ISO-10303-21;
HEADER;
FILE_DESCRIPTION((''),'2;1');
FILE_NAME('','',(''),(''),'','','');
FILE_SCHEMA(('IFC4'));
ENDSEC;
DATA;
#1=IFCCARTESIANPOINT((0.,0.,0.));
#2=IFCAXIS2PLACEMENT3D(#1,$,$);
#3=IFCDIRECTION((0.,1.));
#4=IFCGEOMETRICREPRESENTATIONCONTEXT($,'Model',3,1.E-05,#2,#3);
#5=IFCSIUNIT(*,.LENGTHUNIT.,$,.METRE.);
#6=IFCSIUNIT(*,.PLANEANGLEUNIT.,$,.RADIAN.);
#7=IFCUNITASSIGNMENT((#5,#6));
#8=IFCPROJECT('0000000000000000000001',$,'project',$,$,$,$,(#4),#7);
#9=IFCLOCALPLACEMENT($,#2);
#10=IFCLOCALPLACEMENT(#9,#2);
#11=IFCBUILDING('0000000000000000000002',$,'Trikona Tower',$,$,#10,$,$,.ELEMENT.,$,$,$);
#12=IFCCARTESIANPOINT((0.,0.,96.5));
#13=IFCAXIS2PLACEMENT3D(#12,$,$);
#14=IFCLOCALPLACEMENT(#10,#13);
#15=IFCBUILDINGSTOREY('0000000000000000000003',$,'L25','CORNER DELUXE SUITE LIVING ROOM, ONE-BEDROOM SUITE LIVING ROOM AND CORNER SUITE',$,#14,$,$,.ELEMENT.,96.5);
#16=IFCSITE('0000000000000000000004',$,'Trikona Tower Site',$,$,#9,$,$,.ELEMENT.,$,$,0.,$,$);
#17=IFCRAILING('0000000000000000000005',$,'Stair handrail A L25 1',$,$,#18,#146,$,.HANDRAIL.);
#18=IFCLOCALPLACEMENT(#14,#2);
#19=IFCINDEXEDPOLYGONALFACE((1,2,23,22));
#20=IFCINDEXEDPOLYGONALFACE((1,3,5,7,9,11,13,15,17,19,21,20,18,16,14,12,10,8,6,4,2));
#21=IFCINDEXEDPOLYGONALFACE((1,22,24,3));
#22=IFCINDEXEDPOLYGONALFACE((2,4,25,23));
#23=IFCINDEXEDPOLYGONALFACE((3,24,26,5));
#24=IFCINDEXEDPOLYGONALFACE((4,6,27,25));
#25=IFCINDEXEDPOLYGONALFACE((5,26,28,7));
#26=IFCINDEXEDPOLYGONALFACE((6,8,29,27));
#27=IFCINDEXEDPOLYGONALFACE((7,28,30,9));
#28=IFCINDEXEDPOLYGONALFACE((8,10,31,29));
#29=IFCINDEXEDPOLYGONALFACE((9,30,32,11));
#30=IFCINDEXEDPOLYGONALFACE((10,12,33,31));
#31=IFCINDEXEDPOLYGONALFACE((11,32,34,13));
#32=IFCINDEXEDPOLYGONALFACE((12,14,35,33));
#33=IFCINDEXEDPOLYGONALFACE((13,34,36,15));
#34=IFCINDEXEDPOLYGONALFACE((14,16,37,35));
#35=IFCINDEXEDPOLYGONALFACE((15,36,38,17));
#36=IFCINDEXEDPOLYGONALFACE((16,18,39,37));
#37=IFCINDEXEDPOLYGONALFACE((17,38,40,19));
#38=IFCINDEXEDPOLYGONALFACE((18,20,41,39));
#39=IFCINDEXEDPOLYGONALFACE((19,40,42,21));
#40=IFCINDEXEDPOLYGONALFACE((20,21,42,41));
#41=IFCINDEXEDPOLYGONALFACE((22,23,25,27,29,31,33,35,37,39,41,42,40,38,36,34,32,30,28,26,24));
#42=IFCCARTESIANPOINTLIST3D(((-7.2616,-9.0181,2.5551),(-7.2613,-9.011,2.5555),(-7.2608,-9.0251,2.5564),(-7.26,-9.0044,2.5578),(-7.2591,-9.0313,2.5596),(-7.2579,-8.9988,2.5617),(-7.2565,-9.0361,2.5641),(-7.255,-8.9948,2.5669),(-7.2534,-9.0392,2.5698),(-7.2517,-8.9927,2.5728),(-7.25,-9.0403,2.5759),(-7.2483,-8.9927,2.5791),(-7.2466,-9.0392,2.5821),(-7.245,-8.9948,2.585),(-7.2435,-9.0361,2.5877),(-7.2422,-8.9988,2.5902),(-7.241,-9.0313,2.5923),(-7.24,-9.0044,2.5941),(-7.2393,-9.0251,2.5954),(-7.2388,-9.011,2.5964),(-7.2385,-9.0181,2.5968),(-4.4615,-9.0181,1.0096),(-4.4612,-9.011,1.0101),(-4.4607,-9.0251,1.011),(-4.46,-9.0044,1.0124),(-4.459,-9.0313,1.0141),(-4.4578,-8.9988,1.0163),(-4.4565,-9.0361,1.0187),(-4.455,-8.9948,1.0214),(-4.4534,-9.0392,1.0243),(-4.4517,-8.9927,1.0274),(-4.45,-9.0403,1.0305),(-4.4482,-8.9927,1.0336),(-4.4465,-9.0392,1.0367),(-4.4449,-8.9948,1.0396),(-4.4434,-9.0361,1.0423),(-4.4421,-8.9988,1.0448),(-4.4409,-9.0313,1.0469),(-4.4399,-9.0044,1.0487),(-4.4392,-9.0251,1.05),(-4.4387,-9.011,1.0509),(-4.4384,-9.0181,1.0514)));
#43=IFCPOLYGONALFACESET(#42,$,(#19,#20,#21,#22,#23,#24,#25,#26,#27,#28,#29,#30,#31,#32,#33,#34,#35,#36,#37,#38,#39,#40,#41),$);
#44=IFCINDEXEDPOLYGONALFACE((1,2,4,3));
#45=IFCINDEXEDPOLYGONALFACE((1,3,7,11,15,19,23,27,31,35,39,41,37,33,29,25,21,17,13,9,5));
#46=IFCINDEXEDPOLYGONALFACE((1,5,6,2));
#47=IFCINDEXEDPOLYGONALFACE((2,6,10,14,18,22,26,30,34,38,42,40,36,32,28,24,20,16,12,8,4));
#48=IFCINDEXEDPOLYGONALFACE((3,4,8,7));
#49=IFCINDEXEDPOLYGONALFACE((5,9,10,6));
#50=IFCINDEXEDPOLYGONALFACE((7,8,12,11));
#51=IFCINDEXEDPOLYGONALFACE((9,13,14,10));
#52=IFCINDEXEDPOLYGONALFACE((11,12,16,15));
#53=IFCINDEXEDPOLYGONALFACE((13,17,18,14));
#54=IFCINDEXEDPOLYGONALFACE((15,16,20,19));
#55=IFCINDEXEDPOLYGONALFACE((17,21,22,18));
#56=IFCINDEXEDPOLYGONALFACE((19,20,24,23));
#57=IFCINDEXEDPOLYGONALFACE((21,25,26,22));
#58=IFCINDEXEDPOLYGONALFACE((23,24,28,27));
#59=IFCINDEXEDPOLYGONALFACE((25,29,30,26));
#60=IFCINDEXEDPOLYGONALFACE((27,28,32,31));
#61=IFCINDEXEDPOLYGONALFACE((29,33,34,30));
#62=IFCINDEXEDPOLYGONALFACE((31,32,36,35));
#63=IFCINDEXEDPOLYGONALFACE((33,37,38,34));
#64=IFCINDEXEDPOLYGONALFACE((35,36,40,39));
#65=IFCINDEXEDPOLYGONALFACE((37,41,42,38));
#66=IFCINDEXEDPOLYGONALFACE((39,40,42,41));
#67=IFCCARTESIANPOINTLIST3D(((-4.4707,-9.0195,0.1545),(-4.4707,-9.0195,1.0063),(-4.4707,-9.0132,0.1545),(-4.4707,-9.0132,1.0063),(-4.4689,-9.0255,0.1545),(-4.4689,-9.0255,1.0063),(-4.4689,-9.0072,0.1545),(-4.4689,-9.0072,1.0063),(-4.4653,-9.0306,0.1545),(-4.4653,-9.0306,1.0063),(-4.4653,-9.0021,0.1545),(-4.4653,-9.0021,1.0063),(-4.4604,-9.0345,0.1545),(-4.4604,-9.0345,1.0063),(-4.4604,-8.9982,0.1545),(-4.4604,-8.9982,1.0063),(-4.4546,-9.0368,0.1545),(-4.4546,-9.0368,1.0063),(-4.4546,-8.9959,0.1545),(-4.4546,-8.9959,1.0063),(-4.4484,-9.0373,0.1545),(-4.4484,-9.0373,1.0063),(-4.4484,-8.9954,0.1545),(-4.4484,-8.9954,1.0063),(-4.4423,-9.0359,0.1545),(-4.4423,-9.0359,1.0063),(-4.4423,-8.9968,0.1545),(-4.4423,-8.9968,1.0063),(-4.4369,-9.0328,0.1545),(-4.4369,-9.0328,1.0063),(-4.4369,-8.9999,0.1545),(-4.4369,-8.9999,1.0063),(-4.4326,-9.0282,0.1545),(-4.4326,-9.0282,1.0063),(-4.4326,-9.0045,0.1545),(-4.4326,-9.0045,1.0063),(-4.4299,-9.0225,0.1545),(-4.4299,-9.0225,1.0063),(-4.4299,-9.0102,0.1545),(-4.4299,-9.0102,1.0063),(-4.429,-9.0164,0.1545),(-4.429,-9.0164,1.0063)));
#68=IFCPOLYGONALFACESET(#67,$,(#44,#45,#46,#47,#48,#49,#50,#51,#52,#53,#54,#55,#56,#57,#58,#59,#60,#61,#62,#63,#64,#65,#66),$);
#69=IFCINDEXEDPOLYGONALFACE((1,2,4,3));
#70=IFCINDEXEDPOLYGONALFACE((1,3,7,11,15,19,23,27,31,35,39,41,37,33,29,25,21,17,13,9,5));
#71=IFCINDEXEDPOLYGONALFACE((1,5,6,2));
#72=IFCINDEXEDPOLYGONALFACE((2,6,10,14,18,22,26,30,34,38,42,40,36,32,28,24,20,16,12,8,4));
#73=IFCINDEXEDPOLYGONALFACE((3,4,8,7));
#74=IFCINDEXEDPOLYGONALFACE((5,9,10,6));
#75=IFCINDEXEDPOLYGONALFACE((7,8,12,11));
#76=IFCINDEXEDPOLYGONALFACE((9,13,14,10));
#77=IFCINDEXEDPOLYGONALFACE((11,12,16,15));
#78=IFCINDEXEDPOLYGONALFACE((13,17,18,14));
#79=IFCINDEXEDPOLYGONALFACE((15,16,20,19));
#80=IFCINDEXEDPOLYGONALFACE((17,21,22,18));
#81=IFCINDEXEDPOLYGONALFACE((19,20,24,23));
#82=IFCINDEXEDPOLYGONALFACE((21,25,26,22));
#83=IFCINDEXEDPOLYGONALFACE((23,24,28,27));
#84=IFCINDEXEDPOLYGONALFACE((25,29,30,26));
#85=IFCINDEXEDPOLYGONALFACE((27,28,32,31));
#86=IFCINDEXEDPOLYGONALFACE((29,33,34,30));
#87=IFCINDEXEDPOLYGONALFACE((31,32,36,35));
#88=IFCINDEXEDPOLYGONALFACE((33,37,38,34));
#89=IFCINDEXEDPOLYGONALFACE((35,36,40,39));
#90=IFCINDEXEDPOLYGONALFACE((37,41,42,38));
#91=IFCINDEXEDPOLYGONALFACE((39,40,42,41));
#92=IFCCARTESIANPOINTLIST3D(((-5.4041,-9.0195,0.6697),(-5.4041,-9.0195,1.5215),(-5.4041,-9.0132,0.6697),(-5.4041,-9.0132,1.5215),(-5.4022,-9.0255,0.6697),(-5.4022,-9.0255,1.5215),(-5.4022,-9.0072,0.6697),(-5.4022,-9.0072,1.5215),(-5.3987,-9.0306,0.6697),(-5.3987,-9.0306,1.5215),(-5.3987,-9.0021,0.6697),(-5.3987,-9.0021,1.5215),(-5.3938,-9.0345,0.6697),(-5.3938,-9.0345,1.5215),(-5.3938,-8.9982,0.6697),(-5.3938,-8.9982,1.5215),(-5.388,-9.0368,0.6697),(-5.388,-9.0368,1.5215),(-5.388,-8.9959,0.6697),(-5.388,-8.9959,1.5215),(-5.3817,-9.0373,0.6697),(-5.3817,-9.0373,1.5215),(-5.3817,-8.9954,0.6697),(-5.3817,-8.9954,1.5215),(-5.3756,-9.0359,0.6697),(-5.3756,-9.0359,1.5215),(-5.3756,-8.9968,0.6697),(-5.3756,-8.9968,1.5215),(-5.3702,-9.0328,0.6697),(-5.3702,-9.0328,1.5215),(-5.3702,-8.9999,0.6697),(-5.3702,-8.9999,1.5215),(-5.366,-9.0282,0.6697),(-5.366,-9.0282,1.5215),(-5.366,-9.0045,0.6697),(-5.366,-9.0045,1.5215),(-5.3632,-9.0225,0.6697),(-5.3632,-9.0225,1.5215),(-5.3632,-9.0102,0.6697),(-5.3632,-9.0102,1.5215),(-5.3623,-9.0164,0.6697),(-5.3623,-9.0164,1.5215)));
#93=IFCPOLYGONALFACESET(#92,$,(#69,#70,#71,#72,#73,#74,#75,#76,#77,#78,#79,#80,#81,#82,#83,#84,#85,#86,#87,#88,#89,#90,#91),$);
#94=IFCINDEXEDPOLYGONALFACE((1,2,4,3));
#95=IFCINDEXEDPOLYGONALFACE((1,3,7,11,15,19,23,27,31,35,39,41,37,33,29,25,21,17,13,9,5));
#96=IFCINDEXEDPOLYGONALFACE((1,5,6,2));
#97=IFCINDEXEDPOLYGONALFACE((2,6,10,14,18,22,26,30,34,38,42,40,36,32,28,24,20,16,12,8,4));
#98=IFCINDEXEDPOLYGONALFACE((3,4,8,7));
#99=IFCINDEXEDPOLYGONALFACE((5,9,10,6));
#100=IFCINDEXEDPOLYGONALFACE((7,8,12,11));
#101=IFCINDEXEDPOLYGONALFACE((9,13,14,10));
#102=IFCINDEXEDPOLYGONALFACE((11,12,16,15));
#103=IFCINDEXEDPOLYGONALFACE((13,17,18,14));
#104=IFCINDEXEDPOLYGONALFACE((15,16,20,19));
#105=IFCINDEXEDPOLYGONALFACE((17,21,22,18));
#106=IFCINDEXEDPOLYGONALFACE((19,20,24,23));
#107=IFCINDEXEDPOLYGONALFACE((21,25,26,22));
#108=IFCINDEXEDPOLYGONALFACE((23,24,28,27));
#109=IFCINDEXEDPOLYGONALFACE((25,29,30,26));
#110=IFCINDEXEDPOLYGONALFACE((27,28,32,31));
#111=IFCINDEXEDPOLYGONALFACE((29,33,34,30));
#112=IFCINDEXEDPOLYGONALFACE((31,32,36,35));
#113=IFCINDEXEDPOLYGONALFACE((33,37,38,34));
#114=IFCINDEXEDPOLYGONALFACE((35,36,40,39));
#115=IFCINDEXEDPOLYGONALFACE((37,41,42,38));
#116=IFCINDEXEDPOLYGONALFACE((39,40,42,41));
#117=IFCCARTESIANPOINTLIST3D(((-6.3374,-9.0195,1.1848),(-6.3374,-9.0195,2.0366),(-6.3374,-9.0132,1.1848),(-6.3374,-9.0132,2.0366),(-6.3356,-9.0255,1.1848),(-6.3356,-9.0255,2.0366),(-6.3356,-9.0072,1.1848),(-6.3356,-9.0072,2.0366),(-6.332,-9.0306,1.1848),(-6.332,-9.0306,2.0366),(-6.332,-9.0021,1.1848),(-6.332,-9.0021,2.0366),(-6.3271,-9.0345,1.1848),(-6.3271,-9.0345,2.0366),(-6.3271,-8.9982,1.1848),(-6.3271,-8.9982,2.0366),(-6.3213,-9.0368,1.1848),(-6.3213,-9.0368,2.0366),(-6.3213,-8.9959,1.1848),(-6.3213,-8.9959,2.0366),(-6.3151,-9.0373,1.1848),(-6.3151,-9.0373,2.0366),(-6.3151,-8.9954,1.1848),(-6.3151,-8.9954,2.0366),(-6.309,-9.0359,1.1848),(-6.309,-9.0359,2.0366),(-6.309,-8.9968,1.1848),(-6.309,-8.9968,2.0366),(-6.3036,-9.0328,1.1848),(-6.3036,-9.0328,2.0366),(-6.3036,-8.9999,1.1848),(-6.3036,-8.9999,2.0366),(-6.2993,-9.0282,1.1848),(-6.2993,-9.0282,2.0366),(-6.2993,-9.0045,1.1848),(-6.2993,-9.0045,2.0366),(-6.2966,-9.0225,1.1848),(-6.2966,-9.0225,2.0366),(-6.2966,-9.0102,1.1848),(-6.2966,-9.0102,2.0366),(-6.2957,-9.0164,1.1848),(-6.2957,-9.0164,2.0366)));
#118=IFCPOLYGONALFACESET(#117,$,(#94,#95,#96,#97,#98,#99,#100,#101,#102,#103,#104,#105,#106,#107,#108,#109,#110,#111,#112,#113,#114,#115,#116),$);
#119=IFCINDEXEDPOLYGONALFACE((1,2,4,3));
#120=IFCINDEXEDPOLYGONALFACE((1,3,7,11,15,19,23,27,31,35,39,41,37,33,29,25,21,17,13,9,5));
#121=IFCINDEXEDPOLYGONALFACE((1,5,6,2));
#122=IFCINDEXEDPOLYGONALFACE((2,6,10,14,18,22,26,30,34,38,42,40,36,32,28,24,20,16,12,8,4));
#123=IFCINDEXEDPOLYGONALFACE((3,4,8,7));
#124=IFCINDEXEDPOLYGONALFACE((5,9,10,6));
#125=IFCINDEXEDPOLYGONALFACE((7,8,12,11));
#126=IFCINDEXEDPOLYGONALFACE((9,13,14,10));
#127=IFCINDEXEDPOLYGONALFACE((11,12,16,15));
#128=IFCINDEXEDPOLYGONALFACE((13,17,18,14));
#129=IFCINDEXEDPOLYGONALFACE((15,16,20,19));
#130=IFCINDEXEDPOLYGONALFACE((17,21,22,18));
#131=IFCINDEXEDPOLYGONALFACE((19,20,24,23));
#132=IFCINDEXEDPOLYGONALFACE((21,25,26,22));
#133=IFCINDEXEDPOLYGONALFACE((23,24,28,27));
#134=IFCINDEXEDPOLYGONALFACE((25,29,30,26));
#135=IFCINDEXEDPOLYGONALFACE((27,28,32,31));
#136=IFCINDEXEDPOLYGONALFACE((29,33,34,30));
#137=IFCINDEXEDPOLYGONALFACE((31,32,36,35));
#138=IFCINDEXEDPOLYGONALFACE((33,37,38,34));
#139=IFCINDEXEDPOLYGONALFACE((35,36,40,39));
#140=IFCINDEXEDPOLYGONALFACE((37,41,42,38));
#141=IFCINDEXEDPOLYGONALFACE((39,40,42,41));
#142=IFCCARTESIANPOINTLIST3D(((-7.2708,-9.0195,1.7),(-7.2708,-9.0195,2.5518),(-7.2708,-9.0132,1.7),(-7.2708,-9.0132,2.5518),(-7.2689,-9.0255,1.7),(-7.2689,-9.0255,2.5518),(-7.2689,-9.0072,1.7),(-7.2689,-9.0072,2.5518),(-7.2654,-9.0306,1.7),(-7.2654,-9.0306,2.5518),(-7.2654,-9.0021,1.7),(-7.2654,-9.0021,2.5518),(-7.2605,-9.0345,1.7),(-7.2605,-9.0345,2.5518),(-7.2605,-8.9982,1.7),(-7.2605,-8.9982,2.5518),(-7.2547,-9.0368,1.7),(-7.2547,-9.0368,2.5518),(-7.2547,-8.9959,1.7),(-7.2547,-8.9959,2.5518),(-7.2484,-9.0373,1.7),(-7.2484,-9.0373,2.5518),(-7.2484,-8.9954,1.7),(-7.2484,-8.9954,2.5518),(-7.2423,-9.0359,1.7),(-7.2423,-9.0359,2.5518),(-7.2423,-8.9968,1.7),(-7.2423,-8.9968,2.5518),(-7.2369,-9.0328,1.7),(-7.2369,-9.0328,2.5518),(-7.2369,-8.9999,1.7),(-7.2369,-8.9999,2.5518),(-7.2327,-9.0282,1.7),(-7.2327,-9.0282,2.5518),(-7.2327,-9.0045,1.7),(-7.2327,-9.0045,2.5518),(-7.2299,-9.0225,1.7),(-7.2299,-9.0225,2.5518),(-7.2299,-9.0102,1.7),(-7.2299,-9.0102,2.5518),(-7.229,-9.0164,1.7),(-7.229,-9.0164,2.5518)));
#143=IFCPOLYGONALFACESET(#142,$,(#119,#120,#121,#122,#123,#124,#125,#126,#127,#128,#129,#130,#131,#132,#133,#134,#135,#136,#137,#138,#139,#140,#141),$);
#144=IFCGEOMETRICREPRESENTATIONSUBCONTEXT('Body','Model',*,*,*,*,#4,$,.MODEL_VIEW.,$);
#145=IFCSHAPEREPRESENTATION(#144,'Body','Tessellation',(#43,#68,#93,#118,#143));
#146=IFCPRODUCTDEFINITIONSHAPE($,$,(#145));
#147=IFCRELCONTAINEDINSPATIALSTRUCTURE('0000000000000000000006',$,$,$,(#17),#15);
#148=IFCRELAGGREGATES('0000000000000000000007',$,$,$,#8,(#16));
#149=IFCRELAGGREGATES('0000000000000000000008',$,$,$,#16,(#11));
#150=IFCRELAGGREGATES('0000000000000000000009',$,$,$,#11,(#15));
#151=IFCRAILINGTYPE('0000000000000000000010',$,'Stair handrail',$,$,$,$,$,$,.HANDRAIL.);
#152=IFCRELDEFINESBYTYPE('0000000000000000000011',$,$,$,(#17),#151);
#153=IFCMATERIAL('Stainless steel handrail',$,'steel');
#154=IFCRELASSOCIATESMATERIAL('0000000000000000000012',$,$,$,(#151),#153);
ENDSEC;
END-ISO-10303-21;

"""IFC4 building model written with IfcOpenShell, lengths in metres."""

from ifc_helpers import new_model, si_unit, direction, frame, origin, origin_2d, place, context, subcontext, project, spatial, circle, extrude, material, type_object, element, save


model = new_model("IFC4")

# Units and contexts
model_context = context("Model", 3, precision=1e-05, world=origin(), true_north=direction((0.0, 1.0)))
body_context = subcontext(model_context, "Body", "Model", "MODEL_VIEW")
ifc_project = project(units=[si_unit("LENGTHUNIT", "METRE"), si_unit("PLANEANGLEUNIT", "RADIAN")], contexts=[model_context])

# Site, building, storey
site_placement = place(None, origin())
site = spatial("IfcSite", under=ifc_project, at=site_placement, Name="Trikona Tower Site", CompositionType="ELEMENT", RefElevation=0.0)
building_placement = place(site_placement, origin())
building = spatial("IfcBuilding", under=site, at=building_placement, Name="Trikona Tower", CompositionType="ELEMENT")
storey_placement = place(building_placement, frame((0.0, 0.0, 96.5)))
storey = spatial("IfcBuildingStorey", under=building, at=storey_placement, Name="L25", Description="CORNER DELUXE SUITE LIVING ROOM, ONE-BEDROOM SUITE LIVING ROOM AND CORNER SUITE", CompositionType="ELEMENT", Elevation=96.5)

# Railing
ifc_material_1 = material(Name="Stainless steel handrail", Category="steel")
railing_type = type_object("IfcRailingType", Name="Stair handrail", PredefinedType="HANDRAIL", material=ifc_material_1)
railing_placement = place(storey_placement, frame((-4.45, -9.0164, 0.1545)))
element("IfcRailing", 1, at=railing_placement, inside=storey, type_object=railing_type, Name="Stair handrail A L25 1", PredefinedType="HANDRAIL", context=body_context, shape_type="SweptSolid", body=[
    extrude(circle(Radius=0.0239, at=origin_2d()), frame((0.0, 0.0, 0.876), z_axis=(-0.875504, 0.0, 0.483211), x_axis=(0.0, -1.0, 0.0)), (0.0, 0.0, 1.0), 3.1982),
    extrude(circle(Radius=0.021, at=origin_2d()), origin(), (0.0, 0.0, 1.0), 0.8518),
    extrude(circle(Radius=0.021, at=origin_2d()), frame((-0.9333, 0.0, 0.5151)), (0.0, 0.0, 1.0), 0.8518),
    extrude(circle(Radius=0.021, at=origin_2d()), frame((-1.8667, 0.0, 1.0303)), (0.0, 0.0, 1.0), 0.8518),
    extrude(circle(Radius=0.021, at=origin_2d()), frame((-2.8, 0.0, 1.5454)), (0.0, 0.0, 1.0), 0.8518),
])

save(model, "model.ifc")
